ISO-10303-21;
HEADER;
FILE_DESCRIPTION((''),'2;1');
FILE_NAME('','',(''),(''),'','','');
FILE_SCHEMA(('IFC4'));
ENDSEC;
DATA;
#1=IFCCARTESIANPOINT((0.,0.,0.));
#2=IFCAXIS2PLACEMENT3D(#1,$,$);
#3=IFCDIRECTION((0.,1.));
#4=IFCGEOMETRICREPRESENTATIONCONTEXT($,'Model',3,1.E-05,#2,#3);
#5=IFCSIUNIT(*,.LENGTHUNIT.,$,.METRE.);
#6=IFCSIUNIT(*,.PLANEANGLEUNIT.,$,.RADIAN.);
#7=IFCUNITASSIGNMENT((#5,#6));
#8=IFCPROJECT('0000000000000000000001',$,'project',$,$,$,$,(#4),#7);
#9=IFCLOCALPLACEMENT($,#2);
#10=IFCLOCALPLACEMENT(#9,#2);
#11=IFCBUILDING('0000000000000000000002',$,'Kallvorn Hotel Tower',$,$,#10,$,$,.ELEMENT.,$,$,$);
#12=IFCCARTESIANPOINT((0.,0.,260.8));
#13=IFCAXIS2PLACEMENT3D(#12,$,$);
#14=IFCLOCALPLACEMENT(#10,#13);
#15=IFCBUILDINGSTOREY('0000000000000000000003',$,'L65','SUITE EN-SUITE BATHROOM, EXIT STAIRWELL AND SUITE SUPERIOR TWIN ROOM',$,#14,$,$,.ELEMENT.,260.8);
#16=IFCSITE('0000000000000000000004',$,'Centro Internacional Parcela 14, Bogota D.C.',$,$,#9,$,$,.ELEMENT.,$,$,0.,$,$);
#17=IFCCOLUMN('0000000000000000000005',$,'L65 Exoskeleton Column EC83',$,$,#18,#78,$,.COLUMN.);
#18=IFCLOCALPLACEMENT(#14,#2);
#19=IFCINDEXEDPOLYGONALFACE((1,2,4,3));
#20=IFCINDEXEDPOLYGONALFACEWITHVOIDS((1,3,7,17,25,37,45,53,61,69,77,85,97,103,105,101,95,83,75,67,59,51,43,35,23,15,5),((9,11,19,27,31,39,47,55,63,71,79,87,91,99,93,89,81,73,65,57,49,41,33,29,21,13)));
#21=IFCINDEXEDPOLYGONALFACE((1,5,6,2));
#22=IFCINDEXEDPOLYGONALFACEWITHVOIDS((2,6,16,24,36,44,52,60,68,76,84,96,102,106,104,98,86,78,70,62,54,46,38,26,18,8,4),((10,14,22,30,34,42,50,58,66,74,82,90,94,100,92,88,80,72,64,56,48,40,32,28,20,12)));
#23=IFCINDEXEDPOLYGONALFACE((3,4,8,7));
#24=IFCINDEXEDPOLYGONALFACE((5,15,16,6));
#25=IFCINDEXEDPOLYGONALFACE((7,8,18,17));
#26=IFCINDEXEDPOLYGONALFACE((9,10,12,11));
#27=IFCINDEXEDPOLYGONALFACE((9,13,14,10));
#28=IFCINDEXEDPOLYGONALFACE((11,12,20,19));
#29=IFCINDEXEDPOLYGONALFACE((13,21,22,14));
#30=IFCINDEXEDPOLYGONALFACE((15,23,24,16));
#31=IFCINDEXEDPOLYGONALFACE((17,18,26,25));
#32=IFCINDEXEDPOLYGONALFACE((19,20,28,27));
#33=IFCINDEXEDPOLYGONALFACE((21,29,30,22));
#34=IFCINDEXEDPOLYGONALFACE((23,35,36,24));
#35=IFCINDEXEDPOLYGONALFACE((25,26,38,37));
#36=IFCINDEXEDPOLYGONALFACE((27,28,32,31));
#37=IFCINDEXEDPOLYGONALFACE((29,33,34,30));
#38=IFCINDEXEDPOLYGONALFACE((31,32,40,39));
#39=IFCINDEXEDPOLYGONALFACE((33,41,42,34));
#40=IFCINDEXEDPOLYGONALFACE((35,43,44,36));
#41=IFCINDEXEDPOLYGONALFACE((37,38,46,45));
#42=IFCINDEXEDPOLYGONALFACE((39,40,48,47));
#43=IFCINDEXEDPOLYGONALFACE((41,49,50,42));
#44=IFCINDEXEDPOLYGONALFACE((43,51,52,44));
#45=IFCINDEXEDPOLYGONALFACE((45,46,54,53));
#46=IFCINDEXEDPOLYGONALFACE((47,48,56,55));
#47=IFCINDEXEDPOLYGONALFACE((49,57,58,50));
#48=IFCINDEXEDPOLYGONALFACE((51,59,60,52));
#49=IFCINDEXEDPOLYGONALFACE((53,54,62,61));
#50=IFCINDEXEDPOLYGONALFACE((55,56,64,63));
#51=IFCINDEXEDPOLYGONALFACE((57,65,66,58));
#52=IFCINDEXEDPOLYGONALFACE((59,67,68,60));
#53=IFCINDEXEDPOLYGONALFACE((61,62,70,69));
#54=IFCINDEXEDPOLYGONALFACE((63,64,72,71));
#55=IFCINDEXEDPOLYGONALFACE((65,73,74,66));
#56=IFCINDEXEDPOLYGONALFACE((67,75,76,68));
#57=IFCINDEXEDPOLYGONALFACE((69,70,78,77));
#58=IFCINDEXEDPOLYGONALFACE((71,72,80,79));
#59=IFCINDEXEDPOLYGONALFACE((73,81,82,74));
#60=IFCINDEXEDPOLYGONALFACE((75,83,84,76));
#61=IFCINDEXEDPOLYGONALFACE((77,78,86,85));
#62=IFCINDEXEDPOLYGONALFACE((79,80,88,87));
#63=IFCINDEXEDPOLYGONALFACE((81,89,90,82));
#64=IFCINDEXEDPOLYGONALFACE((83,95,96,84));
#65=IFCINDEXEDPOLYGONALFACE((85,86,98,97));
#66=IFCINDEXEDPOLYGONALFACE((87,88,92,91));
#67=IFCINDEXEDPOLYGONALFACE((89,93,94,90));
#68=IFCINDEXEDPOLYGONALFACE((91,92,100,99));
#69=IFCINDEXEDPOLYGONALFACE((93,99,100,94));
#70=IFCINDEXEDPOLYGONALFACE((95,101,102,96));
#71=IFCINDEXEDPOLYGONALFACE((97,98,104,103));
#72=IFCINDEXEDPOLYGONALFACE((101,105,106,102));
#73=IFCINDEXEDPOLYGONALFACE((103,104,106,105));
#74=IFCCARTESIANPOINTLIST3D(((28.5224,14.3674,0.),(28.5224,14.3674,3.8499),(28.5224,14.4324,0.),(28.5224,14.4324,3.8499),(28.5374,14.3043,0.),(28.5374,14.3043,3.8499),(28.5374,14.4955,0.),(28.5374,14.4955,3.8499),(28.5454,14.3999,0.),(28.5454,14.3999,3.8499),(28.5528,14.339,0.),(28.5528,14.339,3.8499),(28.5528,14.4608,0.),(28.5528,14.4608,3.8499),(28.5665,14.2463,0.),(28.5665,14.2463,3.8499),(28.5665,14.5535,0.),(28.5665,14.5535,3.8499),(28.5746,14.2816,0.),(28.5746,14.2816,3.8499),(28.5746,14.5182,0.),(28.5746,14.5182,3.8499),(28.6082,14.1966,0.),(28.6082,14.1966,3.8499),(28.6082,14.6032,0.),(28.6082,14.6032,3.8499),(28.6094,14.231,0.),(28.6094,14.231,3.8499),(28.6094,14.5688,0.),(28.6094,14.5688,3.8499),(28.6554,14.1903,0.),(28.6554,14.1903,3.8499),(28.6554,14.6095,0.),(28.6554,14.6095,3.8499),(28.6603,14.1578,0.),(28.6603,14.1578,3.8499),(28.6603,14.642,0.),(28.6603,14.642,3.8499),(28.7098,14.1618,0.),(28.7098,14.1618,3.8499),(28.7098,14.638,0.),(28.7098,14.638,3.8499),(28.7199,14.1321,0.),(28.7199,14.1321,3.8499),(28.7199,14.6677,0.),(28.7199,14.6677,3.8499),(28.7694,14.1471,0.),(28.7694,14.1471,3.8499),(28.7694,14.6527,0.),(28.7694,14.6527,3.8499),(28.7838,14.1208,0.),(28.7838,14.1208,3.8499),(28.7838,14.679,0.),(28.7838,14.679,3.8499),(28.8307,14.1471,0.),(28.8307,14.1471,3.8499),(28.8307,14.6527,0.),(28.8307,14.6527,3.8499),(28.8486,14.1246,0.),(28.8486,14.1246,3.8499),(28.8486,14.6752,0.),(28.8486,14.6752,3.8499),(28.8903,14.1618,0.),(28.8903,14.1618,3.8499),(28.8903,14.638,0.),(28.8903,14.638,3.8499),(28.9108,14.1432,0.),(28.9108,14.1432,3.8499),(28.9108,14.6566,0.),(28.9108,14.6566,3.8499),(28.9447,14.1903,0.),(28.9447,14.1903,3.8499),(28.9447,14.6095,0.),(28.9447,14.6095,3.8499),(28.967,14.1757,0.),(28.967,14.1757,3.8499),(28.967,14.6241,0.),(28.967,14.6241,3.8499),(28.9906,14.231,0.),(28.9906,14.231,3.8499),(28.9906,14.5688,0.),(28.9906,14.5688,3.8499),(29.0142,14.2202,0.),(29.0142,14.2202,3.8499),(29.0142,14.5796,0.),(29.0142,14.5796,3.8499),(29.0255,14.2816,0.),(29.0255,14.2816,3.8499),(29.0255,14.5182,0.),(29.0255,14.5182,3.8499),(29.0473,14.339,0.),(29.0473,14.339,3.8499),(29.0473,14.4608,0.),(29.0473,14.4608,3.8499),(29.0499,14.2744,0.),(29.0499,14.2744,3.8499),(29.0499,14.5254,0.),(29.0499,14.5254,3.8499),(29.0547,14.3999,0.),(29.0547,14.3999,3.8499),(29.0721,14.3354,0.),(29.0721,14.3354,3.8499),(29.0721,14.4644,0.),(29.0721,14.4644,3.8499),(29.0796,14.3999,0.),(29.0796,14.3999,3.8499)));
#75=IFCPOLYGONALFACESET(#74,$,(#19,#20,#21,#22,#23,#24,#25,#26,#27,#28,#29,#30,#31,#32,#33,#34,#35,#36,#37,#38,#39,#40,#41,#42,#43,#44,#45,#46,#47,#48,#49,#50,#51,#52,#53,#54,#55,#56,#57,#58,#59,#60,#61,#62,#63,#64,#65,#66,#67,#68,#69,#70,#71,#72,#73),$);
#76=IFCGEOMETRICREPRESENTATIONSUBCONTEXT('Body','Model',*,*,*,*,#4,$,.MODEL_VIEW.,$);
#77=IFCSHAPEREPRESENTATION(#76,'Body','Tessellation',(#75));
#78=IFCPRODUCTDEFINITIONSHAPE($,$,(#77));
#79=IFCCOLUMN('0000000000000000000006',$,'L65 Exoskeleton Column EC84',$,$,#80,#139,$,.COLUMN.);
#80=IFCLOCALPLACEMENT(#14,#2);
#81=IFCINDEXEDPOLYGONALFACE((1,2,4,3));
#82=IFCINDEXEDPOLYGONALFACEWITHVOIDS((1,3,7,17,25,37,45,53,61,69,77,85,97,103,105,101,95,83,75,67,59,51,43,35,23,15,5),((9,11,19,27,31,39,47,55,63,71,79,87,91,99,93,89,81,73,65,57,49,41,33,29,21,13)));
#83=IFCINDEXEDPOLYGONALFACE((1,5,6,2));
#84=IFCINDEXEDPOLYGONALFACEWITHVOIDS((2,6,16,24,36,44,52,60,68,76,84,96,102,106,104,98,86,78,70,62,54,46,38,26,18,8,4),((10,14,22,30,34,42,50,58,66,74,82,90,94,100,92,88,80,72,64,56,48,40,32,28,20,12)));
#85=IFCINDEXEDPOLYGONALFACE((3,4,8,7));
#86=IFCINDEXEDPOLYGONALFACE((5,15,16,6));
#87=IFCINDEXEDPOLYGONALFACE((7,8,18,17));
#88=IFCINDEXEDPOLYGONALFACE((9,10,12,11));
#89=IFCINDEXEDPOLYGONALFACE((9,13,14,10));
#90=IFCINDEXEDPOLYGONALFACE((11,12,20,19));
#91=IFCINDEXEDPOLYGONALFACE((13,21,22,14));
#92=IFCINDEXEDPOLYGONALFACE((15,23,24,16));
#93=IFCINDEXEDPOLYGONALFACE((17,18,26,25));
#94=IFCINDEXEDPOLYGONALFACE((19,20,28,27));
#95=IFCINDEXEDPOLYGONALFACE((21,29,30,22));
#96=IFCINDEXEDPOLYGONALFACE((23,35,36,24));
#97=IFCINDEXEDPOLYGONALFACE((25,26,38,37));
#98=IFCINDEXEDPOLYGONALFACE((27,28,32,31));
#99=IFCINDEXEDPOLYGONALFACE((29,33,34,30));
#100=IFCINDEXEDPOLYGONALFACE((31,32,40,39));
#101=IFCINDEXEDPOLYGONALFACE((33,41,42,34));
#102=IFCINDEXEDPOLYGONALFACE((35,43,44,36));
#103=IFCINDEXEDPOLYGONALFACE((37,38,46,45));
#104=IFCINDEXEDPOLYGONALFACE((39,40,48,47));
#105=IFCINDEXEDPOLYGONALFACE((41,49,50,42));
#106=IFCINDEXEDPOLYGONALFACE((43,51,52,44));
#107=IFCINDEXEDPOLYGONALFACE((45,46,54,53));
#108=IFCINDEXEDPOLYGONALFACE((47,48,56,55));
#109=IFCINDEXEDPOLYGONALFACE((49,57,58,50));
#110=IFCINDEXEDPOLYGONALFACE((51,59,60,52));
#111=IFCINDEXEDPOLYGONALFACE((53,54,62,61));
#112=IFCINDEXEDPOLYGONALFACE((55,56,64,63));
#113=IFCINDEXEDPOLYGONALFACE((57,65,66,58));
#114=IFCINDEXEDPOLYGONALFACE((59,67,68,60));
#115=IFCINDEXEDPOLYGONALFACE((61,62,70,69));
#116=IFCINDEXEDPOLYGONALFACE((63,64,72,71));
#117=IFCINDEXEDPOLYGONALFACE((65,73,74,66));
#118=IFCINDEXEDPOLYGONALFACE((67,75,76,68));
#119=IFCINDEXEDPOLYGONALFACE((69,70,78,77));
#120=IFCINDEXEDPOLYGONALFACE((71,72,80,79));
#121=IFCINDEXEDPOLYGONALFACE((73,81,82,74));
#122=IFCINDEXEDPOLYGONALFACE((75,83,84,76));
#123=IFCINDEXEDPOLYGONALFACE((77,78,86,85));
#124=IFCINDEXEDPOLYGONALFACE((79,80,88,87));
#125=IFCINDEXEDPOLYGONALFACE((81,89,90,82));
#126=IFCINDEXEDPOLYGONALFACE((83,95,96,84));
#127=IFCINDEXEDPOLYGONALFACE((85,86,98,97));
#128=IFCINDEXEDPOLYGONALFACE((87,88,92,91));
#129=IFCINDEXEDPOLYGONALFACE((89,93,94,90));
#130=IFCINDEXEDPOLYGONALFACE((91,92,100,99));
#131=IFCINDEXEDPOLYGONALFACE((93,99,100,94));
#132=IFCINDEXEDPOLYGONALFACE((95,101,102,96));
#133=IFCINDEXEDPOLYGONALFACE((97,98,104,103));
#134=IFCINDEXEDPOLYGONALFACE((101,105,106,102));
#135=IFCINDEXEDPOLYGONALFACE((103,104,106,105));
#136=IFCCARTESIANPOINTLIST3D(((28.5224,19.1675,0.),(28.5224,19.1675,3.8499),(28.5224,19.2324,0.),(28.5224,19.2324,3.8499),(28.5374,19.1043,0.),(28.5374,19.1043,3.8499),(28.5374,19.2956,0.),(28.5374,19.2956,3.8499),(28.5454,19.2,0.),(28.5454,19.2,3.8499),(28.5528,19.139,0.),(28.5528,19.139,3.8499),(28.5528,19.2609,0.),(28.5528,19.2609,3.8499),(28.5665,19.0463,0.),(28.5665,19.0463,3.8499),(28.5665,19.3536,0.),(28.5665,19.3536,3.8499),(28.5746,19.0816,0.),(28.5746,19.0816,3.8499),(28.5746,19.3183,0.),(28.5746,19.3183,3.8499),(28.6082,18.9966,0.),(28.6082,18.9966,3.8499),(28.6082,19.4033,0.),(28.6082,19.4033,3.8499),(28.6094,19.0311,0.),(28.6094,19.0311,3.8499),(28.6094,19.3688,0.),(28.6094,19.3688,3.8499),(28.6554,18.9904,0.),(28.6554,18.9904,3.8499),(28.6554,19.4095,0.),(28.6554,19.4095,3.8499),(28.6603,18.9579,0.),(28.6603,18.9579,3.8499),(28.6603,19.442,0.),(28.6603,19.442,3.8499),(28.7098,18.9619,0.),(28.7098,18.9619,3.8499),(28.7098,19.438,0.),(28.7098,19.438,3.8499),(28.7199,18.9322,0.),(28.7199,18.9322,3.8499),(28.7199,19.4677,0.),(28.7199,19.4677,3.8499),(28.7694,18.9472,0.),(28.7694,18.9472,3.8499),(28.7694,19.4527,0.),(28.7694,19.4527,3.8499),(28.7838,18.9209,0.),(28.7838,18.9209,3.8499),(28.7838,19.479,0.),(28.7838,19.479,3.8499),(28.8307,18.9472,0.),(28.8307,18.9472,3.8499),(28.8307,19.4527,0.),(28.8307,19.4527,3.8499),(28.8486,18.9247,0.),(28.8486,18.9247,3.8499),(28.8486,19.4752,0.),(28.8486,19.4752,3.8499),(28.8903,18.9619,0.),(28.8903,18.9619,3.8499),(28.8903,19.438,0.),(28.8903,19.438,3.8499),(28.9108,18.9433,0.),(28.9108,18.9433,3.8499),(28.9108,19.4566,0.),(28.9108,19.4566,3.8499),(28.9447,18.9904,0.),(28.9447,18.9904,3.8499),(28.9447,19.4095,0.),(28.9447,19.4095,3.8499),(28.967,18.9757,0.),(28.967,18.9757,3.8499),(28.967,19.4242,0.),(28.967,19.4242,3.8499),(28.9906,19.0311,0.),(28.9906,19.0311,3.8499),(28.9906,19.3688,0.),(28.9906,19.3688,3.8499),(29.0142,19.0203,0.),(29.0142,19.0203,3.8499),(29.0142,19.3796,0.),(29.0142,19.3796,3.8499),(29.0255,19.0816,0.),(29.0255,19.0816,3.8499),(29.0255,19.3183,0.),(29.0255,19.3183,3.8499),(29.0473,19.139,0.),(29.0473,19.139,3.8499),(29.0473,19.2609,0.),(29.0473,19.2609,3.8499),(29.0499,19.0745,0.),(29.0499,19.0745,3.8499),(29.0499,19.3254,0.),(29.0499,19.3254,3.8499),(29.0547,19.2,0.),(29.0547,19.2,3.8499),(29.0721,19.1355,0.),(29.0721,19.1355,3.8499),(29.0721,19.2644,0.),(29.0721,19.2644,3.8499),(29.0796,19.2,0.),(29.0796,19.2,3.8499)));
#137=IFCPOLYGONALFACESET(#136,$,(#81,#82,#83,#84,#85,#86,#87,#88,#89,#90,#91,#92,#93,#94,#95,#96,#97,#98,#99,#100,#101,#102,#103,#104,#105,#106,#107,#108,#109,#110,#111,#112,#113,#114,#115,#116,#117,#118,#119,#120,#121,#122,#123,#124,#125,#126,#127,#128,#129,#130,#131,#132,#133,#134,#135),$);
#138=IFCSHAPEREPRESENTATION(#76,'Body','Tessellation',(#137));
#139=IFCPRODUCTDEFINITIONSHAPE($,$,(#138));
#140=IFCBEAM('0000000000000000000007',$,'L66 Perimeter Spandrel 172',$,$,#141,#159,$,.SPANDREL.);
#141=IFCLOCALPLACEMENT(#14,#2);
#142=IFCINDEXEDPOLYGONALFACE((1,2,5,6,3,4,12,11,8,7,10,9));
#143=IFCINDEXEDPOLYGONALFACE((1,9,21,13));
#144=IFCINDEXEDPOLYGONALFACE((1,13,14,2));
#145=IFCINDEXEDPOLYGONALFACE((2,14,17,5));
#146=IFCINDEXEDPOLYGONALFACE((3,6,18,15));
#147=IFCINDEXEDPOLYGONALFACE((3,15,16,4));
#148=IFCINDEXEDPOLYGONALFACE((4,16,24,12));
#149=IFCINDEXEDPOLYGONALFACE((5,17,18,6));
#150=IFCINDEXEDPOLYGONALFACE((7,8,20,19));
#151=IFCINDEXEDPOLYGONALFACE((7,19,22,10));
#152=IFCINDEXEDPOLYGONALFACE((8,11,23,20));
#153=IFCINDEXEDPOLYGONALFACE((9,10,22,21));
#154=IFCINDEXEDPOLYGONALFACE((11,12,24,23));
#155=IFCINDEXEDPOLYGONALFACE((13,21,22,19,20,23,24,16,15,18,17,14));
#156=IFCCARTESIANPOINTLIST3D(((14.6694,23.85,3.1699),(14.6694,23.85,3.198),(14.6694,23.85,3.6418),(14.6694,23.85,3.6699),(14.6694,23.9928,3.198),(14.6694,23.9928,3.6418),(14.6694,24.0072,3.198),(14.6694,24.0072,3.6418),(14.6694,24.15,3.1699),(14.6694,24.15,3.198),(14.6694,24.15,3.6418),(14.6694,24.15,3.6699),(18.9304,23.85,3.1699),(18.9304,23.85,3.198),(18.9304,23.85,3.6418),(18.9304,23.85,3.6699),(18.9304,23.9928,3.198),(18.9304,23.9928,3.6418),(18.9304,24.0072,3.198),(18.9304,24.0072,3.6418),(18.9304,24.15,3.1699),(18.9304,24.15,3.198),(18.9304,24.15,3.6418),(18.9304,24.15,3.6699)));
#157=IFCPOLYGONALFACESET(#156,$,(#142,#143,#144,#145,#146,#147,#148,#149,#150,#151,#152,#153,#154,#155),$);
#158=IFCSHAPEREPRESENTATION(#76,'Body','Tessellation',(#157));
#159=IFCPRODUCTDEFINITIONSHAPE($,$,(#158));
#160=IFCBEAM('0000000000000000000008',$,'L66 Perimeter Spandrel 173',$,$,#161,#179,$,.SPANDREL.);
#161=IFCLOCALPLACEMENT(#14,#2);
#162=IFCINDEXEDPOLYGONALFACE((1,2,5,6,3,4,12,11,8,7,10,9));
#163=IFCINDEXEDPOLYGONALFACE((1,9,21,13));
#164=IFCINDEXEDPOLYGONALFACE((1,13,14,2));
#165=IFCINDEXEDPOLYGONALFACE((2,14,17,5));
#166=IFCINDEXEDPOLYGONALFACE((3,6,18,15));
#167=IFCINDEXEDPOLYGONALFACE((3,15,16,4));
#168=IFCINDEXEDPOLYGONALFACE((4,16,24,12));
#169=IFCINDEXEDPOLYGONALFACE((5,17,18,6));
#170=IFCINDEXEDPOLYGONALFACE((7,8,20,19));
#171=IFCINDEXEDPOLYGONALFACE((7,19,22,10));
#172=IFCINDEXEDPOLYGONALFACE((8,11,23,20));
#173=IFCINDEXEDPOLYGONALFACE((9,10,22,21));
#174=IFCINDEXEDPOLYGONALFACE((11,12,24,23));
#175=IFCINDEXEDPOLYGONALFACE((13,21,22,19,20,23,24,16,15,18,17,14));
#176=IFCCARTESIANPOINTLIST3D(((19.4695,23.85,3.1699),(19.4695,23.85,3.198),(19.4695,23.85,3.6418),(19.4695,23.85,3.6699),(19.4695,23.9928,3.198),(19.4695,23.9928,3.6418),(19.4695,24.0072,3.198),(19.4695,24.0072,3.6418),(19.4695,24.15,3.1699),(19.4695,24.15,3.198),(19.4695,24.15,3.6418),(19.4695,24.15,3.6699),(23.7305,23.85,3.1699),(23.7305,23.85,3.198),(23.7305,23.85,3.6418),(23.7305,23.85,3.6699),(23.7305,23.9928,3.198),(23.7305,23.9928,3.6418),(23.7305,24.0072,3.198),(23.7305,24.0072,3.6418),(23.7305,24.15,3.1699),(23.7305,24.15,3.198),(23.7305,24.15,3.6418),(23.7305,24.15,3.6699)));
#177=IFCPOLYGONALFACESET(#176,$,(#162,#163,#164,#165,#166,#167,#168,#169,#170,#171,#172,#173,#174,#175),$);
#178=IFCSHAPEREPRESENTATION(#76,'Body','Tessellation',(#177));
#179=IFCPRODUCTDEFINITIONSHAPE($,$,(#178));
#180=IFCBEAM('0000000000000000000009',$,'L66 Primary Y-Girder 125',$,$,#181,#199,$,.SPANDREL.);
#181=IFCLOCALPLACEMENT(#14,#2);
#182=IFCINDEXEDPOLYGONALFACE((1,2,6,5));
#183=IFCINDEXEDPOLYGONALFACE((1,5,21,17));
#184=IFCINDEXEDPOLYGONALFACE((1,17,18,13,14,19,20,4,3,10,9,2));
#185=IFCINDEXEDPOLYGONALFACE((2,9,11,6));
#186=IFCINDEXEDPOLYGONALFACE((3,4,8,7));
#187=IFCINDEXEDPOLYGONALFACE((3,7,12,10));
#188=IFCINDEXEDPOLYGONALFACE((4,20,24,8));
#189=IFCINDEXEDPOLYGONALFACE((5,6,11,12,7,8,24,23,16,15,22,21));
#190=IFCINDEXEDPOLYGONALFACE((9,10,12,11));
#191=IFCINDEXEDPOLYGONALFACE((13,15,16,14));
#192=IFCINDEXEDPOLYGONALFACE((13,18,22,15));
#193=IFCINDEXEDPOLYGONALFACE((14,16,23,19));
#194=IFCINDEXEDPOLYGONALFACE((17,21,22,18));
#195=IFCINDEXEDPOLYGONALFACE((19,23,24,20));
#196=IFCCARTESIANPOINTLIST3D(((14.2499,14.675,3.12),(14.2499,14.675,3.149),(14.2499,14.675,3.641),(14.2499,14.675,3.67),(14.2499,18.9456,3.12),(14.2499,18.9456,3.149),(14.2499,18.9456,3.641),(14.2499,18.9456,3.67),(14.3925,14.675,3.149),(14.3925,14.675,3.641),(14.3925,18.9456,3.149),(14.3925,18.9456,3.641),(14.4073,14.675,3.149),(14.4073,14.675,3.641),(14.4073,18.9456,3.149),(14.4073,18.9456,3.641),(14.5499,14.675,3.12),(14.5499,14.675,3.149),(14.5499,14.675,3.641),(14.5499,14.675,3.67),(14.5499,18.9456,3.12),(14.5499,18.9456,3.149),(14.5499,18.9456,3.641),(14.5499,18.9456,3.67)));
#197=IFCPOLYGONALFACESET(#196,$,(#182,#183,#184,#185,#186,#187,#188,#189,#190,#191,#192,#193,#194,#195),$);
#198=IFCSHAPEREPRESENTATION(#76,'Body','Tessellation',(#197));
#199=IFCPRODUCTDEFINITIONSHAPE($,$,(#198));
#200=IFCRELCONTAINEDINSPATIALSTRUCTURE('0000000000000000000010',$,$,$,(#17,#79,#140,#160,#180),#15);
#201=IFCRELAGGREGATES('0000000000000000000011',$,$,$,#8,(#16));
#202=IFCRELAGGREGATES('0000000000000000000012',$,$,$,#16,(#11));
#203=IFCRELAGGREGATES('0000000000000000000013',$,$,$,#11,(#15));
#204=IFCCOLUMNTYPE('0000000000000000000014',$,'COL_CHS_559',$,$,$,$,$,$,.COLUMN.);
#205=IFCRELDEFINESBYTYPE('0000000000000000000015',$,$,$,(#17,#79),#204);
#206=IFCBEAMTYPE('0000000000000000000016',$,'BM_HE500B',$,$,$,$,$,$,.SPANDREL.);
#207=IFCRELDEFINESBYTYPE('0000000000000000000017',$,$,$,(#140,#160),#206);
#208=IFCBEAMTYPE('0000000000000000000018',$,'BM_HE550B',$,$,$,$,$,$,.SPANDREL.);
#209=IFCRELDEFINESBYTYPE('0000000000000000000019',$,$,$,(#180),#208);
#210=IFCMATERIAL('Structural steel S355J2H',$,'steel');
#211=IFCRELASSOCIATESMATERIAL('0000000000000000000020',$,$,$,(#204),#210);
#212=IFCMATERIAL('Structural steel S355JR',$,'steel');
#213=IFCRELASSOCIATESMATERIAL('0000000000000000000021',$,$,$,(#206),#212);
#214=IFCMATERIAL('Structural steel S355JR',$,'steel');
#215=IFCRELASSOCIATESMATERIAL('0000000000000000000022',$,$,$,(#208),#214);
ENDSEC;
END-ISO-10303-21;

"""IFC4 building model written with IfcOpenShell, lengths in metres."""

from ifc_helpers import new_model, si_unit, direction, frame, origin, origin_2d, place, context, subcontext, project, spatial, hollow_circle, i_section, extrude, material, material_profile, profile_set, type_object, element, save


model = new_model("IFC4")

# Units and contexts
model_context = context("Model", 3, precision=1e-05, world=origin(), true_north=direction((0.0, 1.0)))
body_context = subcontext(model_context, "Body", "Model", "MODEL_VIEW")
ifc_project = project(units=[si_unit("LENGTHUNIT", "METRE"), si_unit("PLANEANGLEUNIT", "RADIAN")], contexts=[model_context])

# Site, building, storey
site_placement = place(None, origin())
site = spatial("IfcSite", under=ifc_project, at=site_placement, Name="Centro Internacional Parcela 14, Bogota D.C.", CompositionType="ELEMENT", RefElevation=0.0)
building_placement = place(site_placement, origin())
building = spatial("IfcBuilding", under=site, at=building_placement, Name="Kallvorn Hotel Tower", CompositionType="ELEMENT")
storey_placement = place(building_placement, frame((0.0, 0.0, 260.8)))
storey = spatial("IfcBuildingStorey", under=building, at=storey_placement, Name="L65", Description="SUITE EN-SUITE BATHROOM, EXIT STAIRWELL AND SUITE SUPERIOR TWIN ROOM", CompositionType="ELEMENT", Elevation=260.8)

# Columns
ifc_material_1 = material(Name="Structural steel S355J2H", Category="steel")
ifc_material_profile_1 = material_profile(ifc_material_1, hollow_circle(Radius=0.2795, WallThickness=0.0249, at=origin_2d()), Name="CHS 559x25")
ifc_profile_set_1 = profile_set([ifc_material_profile_1], Name="Structural steel S355J2H")
column_type = type_object("IfcColumnType", Name="COL_CHS_559", PredefinedType="COLUMN", material=ifc_profile_set_1)
for number, where, z_axis, x_axis, name in (
    (1, (28.8, 14.3999, 0.0), (0.0, 0.0, 1.0), (1.0, 0.0, 0.0), "L65 Exoskeleton Column EC83"),
    (2, (28.8, 19.2, 0.0), (0.0, 0.0, 1.0), (1.0, 0.0, 0.0), "L65 Exoskeleton Column EC84"),
):
    element("IfcColumn", number, at=place(storey_placement, frame(where, z_axis=z_axis, x_axis=x_axis)), inside=storey, type_object=column_type, Name=name, PredefinedType="COLUMN", context=body_context, shape_type="SweptSolid", body=[
        extrude(hollow_circle(Radius=0.2795, WallThickness=0.0249, at=origin_2d()), origin(), (0.0, 0.0, 1.0), 3.8499),
    ])

# Beams
ifc_material_2 = material(Name="Structural steel S355JR", Category="steel")
ifc_material_profile_2 = material_profile(ifc_material_2, i_section(OverallWidth=0.3, OverallDepth=0.5, WebThickness=0.0144, FlangeThickness=0.0281, at=origin_2d()), Name="HE 500 B")
ifc_profile_set_2 = profile_set([ifc_material_profile_2], Name="Structural steel S355JR")
beam_type_1 = type_object("IfcBeamType", Name="BM_HE500B", PredefinedType="SPANDREL", material=ifc_profile_set_2)
for number, where, z_axis, x_axis, name in (
    (3, (14.6694, 24.0, 3.4199), (1.0, 0.0, 0.0), (0.0, 1.0, 0.0), "L66 Perimeter Spandrel 172"),
    (4, (19.4695, 24.0, 3.4199), (1.0, 0.0, 0.0), (0.0, 1.0, 0.0), "L66 Perimeter Spandrel 173"),
):
    element("IfcBeam", number, at=place(storey_placement, frame(where, z_axis=z_axis, x_axis=x_axis)), inside=storey, type_object=beam_type_1, Name=name, PredefinedType="SPANDREL", context=body_context, shape_type="SweptSolid", body=[
        extrude(i_section(OverallWidth=0.3, OverallDepth=0.5, WebThickness=0.0144, FlangeThickness=0.0281, at=origin_2d()), origin(), (0.0, 0.0, 1.0), 4.261),
    ])
ifc_material_3 = material(Name="Structural steel S355JR", Category="steel")
ifc_material_profile_3 = material_profile(ifc_material_3, i_section(OverallWidth=0.3, OverallDepth=0.55, WebThickness=0.0149, FlangeThickness=0.0291, at=origin_2d()), Name="HE 550 B")
ifc_profile_set_3 = profile_set([ifc_material_profile_3], Name="Structural steel S355JR")
beam_type_2 = type_object("IfcBeamType", Name="BM_HE550B", PredefinedType="SPANDREL", material=ifc_profile_set_3)
beam_1_placement = place(storey_placement, frame((14.3999, 14.675, 3.395), z_axis=(0.0, 1.0, 0.0), x_axis=(-1.0, 0.0, 0.0)))
element("IfcBeam", 5, at=beam_1_placement, inside=storey, type_object=beam_type_2, Name="L66 Primary Y-Girder 125", PredefinedType="SPANDREL", context=body_context, shape_type="SweptSolid", body=[
    extrude(i_section(OverallWidth=0.3, OverallDepth=0.55, WebThickness=0.0149, FlangeThickness=0.0291, at=origin_2d()), origin(), (0.0, 0.0, 1.0), 4.2705),
])

save(model, "model.ifc")
